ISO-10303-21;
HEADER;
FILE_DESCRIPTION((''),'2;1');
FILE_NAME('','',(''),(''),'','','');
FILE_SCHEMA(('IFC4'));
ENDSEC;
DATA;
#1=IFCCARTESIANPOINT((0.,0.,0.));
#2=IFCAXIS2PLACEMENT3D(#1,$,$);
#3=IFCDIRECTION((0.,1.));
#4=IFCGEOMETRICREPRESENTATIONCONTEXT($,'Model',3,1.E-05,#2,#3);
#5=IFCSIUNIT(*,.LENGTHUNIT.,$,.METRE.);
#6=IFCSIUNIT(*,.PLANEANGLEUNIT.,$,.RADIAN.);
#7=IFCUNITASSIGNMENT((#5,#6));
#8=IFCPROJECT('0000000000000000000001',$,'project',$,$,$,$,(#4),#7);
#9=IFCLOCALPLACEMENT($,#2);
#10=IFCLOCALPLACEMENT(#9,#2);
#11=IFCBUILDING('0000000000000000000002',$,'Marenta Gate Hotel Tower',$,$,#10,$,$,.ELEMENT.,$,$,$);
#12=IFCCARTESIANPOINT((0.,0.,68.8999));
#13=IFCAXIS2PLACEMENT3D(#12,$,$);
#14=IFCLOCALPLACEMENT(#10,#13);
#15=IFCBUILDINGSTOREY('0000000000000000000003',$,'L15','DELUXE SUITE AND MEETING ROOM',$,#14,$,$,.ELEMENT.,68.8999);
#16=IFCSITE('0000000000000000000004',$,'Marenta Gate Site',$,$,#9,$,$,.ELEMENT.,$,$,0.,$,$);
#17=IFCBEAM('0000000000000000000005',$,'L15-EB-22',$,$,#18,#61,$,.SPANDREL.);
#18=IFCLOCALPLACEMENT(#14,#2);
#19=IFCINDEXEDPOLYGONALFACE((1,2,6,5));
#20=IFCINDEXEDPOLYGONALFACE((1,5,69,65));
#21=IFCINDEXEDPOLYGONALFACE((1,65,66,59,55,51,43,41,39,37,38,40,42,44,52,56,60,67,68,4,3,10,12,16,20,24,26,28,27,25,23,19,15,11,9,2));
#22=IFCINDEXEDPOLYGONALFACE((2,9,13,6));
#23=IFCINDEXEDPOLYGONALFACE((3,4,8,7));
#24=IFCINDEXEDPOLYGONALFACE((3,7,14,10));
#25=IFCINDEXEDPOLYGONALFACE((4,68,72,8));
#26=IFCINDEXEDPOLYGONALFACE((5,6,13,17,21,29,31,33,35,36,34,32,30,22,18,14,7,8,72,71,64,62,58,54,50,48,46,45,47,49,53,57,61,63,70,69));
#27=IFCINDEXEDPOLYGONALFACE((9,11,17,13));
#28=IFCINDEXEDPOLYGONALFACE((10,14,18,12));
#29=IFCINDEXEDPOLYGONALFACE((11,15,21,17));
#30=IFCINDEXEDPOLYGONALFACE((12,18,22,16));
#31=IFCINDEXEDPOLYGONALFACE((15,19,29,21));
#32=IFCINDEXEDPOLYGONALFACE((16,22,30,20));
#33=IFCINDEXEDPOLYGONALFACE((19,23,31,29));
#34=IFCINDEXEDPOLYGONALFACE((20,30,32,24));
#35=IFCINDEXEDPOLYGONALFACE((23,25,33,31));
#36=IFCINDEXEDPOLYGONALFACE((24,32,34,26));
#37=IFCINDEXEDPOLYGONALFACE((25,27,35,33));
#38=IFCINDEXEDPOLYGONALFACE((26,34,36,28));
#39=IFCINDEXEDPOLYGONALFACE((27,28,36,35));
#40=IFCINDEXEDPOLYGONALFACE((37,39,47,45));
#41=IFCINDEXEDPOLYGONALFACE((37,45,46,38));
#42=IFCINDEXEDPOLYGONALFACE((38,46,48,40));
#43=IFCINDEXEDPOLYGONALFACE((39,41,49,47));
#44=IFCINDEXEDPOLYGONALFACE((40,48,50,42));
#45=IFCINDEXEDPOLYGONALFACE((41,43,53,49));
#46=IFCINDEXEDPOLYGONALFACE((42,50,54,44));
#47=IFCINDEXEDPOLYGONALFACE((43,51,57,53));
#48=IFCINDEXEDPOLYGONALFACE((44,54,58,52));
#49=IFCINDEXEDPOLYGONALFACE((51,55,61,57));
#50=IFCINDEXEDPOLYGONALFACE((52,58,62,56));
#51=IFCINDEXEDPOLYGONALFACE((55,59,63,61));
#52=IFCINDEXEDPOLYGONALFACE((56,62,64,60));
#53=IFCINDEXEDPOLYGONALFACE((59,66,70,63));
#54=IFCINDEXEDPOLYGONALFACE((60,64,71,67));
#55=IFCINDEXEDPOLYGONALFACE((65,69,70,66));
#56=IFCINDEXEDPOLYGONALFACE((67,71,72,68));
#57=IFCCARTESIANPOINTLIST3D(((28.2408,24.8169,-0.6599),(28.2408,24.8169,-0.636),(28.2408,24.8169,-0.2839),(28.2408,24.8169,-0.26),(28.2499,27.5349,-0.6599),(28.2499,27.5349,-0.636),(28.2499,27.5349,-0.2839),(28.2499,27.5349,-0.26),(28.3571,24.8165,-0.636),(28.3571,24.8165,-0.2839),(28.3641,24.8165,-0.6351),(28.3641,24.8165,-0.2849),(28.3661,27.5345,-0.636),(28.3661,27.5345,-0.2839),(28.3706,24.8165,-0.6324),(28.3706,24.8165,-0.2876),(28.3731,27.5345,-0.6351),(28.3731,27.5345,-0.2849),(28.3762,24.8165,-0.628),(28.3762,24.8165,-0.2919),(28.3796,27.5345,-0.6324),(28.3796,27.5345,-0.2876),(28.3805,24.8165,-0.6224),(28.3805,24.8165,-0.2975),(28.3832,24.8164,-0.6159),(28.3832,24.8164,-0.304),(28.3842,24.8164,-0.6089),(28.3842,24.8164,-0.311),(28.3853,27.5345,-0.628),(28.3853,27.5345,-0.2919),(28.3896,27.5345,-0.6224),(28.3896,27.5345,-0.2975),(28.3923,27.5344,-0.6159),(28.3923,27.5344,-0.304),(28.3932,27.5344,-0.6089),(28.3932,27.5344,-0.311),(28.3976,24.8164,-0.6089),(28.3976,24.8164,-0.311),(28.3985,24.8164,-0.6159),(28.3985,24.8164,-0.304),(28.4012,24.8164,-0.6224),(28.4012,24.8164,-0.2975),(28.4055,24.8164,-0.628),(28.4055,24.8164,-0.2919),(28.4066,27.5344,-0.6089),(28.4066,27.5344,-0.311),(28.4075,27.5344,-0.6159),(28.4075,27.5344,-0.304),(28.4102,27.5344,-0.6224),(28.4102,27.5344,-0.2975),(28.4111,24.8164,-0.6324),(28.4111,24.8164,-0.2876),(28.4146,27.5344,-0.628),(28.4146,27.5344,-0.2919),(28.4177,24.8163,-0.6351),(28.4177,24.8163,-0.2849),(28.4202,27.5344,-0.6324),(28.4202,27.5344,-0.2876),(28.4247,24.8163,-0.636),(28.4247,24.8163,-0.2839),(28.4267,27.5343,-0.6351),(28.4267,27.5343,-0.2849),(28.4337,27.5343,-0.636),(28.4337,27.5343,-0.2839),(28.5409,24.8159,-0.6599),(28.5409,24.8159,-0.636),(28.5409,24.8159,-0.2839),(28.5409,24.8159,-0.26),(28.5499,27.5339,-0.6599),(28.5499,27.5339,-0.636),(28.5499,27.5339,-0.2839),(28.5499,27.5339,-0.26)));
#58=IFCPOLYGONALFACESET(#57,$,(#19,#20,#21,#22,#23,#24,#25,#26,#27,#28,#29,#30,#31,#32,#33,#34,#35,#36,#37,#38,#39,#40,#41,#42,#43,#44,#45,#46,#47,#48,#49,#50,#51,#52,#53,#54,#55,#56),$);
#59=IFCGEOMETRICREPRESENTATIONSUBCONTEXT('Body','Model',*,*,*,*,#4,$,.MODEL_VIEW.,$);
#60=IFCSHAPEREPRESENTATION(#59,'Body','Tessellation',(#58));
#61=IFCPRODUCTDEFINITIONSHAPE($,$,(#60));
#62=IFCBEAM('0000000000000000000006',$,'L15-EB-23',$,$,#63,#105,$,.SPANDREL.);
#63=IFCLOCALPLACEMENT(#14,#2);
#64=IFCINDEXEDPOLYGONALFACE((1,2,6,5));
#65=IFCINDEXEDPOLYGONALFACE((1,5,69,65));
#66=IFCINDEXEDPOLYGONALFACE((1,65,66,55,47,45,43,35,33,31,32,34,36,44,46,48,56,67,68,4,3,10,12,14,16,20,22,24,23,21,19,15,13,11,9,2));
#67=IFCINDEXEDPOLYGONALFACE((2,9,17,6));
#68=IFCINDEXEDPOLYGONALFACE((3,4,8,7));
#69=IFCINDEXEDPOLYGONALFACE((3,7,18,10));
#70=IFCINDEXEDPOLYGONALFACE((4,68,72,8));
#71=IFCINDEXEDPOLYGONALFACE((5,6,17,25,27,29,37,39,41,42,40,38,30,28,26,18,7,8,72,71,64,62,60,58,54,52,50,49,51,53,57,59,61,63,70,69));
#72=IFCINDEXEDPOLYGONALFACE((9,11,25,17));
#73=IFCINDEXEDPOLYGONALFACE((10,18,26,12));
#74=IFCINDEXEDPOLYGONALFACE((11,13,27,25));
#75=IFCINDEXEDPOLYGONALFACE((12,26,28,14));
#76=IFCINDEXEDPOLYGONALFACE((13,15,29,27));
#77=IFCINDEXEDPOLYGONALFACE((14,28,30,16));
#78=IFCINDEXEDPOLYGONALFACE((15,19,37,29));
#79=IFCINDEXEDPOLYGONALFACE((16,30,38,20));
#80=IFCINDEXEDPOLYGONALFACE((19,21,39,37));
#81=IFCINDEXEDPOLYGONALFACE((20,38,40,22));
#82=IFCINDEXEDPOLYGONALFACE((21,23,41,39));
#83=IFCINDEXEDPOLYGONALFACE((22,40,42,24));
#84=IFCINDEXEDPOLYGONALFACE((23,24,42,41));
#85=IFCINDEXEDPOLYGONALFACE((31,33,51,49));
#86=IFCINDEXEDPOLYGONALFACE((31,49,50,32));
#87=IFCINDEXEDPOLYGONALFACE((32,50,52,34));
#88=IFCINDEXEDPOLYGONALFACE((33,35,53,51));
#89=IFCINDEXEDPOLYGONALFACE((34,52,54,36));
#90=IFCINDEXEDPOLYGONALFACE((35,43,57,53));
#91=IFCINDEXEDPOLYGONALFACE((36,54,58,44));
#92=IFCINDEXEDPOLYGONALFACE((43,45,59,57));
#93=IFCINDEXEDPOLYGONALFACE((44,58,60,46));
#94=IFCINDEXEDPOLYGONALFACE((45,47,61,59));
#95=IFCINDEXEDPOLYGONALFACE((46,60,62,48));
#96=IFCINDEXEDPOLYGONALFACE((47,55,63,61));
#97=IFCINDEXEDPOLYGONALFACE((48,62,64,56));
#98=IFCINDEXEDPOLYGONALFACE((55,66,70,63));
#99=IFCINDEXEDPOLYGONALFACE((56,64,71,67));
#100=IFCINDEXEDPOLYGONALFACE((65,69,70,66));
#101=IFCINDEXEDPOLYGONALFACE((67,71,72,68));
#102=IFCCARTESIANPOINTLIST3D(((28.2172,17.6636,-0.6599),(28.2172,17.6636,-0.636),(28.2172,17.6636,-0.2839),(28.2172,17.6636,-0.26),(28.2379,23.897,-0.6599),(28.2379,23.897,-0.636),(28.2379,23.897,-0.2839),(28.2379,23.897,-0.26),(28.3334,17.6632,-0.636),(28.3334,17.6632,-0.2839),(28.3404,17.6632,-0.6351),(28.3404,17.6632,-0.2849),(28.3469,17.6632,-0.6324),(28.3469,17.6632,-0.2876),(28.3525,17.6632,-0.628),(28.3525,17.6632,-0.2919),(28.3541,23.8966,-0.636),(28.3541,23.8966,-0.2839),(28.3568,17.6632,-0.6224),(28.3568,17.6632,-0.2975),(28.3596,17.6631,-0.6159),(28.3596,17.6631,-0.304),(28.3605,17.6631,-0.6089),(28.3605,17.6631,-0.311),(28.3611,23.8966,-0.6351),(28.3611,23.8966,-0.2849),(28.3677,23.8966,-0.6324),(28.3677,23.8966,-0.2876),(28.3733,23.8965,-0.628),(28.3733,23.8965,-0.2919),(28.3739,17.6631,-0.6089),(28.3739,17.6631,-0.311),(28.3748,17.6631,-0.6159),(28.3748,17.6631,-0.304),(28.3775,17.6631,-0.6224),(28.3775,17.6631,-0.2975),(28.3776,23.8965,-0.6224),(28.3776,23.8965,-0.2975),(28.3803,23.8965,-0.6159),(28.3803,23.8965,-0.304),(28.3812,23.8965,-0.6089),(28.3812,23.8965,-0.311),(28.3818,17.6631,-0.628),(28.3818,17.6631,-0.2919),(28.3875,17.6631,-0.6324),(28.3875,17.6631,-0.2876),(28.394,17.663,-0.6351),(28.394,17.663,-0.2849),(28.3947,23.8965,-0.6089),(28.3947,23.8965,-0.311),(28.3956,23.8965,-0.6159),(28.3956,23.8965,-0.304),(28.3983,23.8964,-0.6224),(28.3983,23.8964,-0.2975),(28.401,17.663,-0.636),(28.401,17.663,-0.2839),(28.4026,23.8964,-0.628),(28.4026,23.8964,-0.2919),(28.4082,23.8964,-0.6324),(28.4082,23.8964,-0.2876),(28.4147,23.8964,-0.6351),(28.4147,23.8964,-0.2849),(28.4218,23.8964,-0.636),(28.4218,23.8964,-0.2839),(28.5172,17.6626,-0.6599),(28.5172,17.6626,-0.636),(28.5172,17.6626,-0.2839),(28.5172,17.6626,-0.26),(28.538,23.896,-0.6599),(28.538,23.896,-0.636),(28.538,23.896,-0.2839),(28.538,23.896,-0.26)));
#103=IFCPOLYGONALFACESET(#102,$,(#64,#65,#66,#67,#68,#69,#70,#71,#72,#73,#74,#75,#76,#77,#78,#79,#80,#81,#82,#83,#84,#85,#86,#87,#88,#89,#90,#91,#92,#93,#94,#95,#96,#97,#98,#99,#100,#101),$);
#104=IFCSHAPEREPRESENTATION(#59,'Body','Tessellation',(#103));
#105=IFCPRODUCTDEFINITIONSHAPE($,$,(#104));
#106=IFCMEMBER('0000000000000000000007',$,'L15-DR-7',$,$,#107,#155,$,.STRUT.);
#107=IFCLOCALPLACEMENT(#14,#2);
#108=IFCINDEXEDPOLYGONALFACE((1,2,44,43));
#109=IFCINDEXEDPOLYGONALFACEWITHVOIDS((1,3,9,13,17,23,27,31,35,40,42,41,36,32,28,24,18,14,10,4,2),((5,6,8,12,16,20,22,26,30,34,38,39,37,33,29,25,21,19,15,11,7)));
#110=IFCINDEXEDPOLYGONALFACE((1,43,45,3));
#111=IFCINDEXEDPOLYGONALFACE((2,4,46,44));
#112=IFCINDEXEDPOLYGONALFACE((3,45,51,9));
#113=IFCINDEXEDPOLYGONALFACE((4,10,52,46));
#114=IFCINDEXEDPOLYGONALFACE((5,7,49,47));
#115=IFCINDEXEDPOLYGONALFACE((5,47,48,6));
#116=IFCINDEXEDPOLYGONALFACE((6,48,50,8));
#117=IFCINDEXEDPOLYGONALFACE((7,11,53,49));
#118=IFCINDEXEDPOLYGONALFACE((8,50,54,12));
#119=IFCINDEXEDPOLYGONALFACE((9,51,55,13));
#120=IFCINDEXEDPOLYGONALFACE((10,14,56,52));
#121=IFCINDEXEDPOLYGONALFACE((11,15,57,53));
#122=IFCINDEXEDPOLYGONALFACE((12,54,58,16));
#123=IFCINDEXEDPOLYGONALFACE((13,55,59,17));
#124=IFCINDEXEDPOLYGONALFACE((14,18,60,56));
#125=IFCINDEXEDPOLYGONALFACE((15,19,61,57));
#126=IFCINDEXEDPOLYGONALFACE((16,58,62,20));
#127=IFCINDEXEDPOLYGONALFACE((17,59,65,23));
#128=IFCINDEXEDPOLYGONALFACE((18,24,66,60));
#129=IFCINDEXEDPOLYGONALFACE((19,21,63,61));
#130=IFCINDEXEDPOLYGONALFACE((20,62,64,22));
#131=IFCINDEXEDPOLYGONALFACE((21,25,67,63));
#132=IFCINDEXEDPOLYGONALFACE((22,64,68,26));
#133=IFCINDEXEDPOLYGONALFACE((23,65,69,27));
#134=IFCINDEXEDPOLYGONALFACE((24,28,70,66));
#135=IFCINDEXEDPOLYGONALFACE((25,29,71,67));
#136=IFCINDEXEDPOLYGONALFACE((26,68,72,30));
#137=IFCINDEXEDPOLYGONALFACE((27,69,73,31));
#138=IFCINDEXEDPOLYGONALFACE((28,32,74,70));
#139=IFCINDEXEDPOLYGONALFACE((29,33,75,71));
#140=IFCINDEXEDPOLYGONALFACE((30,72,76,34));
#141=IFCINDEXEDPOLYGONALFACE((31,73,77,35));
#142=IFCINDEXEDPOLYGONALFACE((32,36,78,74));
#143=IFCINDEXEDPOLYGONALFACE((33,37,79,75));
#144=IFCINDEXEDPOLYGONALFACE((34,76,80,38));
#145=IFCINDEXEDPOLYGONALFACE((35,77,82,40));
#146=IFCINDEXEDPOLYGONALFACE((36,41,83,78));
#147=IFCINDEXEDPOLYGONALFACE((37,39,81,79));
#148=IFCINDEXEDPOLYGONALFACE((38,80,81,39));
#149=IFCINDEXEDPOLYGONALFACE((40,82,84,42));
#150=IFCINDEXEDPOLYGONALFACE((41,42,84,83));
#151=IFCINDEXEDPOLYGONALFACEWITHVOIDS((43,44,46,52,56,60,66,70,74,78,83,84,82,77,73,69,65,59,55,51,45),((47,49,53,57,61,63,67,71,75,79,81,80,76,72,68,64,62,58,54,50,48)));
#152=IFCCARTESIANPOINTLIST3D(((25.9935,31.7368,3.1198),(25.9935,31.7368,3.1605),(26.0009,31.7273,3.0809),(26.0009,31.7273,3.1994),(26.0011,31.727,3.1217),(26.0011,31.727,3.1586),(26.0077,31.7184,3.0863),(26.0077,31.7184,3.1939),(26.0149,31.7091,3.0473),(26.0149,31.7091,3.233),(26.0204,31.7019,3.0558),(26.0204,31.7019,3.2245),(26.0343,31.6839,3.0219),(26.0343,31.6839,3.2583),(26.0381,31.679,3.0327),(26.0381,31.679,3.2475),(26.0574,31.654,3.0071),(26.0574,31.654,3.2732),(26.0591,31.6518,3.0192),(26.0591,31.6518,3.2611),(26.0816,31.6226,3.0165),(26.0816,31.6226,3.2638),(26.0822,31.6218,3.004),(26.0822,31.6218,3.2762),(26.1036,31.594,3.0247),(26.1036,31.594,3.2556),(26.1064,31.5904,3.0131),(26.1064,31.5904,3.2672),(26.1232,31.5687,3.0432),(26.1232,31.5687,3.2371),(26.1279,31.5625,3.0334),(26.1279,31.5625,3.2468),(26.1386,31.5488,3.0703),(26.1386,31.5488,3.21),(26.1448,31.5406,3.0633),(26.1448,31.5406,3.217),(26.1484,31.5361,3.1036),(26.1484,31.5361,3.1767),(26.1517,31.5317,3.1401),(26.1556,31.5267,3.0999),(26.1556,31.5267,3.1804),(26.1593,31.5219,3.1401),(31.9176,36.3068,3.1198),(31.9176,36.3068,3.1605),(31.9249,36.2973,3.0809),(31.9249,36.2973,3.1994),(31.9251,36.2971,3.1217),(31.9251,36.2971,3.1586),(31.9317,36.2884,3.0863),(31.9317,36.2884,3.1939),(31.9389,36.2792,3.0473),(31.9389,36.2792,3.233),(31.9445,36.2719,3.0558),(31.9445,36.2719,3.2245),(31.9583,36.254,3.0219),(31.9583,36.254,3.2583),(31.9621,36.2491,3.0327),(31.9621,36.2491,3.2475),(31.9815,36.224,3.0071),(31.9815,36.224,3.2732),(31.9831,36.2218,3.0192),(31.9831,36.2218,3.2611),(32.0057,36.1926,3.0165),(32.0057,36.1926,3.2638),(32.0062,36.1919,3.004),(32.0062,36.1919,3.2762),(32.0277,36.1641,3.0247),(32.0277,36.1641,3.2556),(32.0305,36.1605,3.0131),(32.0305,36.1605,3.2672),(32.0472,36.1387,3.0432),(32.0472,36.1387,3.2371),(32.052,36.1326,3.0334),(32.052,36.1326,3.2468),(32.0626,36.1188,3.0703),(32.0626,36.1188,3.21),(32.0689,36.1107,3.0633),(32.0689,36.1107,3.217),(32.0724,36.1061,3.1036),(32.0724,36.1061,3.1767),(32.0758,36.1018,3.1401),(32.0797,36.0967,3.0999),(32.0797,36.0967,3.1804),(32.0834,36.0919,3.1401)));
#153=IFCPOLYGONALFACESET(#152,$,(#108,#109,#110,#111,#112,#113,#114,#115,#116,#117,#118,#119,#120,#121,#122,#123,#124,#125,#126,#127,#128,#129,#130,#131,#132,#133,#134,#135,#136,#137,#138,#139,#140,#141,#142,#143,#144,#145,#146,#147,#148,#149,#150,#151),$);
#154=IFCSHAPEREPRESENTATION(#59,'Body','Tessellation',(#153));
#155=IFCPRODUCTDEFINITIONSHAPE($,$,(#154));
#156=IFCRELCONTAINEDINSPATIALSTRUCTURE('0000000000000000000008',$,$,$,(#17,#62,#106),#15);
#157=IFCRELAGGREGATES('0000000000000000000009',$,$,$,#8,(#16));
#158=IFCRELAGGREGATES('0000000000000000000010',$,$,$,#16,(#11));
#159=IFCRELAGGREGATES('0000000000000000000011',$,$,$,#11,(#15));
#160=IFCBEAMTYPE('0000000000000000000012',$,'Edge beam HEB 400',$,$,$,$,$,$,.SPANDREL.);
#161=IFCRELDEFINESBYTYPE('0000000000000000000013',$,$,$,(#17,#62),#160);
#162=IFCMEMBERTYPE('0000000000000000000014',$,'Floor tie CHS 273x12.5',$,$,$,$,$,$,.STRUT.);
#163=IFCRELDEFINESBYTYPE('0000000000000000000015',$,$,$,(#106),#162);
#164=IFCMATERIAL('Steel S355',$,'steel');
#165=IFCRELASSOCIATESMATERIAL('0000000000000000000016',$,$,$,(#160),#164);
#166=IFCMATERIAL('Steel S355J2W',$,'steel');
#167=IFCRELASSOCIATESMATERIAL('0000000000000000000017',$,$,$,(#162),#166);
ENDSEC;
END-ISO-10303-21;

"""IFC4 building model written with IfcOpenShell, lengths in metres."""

from ifc_helpers import new_model, si_unit, direction, frame, origin, origin_2d, place, context, subcontext, project, spatial, hollow_circle, i_section, extrude, material, material_profile, profile_set, type_object, element, save


model = new_model("IFC4")

# Units and contexts
model_context = context("Model", 3, precision=1e-05, world=origin(), true_north=direction((0.0, 1.0)))
body_context = subcontext(model_context, "Body", "Model", "MODEL_VIEW")
ifc_project = project(units=[si_unit("LENGTHUNIT", "METRE"), si_unit("PLANEANGLEUNIT", "RADIAN")], contexts=[model_context])

# Site, building, storey
site_placement = place(None, origin())
site = spatial("IfcSite", under=ifc_project, at=site_placement, Name="Marenta Gate Site", CompositionType="ELEMENT", RefElevation=0.0)
building_placement = place(site_placement, origin())
building = spatial("IfcBuilding", under=site, at=building_placement, Name="Marenta Gate Hotel Tower", CompositionType="ELEMENT")
storey_placement = place(building_placement, frame((0.0, 0.0, 68.8999)))
storey = spatial("IfcBuildingStorey", under=building, at=storey_placement, Name="L15", Description="DELUXE SUITE AND MEETING ROOM", CompositionType="ELEMENT", Elevation=68.8999)

# Beams
ifc_material_1 = material(Name="Steel S355", Category="steel")
ifc_material_profile_1 = material_profile(ifc_material_1, i_section(OverallWidth=0.3, OverallDepth=0.3999, WebThickness=0.0134, FlangeThickness=0.0239, FilletRadius=0.0271, at=origin_2d()), Name="HEB 400")
ifc_profile_set_1 = profile_set([ifc_material_profile_1], Name="Steel S355")
beam_type = type_object("IfcBeamType", Name="Edge beam HEB 400", PredefinedType="SPANDREL", material=ifc_profile_set_1)
beam_1_placement = place(storey_placement, frame((28.3999, 27.5344, -0.46), z_axis=(-0.003323, -0.999994, 0.0), x_axis=(0.999994, -0.003323, 0.0)))
element("IfcBeam", 1, at=beam_1_placement, inside=storey, type_object=beam_type, Name="L15-EB-22", PredefinedType="SPANDREL", context=body_context, shape_type="SweptSolid", body=[
    extrude(i_section(OverallWidth=0.3, OverallDepth=0.3999, WebThickness=0.0134, FlangeThickness=0.0239, FilletRadius=0.0271, at=origin_2d()), origin(), (0.0, 0.0, 1.0), 2.718),
])
beam_2_placement = place(storey_placement, frame((28.3879, 23.8965, -0.46), z_axis=(-0.003329, -0.999994, 0.0), x_axis=(0.999994, -0.003329, 0.0)))
element("IfcBeam", 2, at=beam_2_placement, inside=storey, type_object=beam_type, Name="L15-EB-23", PredefinedType="SPANDREL", context=body_context, shape_type="SweptSolid", body=[
    extrude(i_section(OverallWidth=0.3, OverallDepth=0.3999, WebThickness=0.0134, FlangeThickness=0.0239, FilletRadius=0.0271, at=origin_2d()), origin(), (0.0, 0.0, 1.0), 6.2334),
])

# Member
ifc_material_2 = material(Name="Steel S355J2W", Category="steel")
ifc_material_profile_2 = material_profile(ifc_material_2, hollow_circle(Radius=0.1365, WallThickness=0.0125, at=origin_2d()), Name="CHS 273x12.5")
ifc_profile_set_2 = profile_set([ifc_material_profile_2], Name="Steel S355J2W")
member_type_1 = type_object("IfcMemberType", Name="Floor tie CHS 273x12.5", PredefinedType="STRUT", material=ifc_profile_set_2)
member_1_placement = place(storey_placement, frame((32.0, 36.2, 3.1401), z_axis=(-0.791778, -0.610809, 0.0), x_axis=(0.610809, -0.791778, 0.0)))
element("IfcMember", 3, at=member_1_placement, inside=storey, type_object=member_type_1, Name="L15-DR-7", PredefinedType="STRUT", context=body_context, shape_type="SweptSolid", body=[
    extrude(hollow_circle(Radius=0.1365, WallThickness=0.0125, at=origin_2d()), origin(), (0.0, 0.0, 1.0), 7.4819),
])

save(model, "model.ifc")
